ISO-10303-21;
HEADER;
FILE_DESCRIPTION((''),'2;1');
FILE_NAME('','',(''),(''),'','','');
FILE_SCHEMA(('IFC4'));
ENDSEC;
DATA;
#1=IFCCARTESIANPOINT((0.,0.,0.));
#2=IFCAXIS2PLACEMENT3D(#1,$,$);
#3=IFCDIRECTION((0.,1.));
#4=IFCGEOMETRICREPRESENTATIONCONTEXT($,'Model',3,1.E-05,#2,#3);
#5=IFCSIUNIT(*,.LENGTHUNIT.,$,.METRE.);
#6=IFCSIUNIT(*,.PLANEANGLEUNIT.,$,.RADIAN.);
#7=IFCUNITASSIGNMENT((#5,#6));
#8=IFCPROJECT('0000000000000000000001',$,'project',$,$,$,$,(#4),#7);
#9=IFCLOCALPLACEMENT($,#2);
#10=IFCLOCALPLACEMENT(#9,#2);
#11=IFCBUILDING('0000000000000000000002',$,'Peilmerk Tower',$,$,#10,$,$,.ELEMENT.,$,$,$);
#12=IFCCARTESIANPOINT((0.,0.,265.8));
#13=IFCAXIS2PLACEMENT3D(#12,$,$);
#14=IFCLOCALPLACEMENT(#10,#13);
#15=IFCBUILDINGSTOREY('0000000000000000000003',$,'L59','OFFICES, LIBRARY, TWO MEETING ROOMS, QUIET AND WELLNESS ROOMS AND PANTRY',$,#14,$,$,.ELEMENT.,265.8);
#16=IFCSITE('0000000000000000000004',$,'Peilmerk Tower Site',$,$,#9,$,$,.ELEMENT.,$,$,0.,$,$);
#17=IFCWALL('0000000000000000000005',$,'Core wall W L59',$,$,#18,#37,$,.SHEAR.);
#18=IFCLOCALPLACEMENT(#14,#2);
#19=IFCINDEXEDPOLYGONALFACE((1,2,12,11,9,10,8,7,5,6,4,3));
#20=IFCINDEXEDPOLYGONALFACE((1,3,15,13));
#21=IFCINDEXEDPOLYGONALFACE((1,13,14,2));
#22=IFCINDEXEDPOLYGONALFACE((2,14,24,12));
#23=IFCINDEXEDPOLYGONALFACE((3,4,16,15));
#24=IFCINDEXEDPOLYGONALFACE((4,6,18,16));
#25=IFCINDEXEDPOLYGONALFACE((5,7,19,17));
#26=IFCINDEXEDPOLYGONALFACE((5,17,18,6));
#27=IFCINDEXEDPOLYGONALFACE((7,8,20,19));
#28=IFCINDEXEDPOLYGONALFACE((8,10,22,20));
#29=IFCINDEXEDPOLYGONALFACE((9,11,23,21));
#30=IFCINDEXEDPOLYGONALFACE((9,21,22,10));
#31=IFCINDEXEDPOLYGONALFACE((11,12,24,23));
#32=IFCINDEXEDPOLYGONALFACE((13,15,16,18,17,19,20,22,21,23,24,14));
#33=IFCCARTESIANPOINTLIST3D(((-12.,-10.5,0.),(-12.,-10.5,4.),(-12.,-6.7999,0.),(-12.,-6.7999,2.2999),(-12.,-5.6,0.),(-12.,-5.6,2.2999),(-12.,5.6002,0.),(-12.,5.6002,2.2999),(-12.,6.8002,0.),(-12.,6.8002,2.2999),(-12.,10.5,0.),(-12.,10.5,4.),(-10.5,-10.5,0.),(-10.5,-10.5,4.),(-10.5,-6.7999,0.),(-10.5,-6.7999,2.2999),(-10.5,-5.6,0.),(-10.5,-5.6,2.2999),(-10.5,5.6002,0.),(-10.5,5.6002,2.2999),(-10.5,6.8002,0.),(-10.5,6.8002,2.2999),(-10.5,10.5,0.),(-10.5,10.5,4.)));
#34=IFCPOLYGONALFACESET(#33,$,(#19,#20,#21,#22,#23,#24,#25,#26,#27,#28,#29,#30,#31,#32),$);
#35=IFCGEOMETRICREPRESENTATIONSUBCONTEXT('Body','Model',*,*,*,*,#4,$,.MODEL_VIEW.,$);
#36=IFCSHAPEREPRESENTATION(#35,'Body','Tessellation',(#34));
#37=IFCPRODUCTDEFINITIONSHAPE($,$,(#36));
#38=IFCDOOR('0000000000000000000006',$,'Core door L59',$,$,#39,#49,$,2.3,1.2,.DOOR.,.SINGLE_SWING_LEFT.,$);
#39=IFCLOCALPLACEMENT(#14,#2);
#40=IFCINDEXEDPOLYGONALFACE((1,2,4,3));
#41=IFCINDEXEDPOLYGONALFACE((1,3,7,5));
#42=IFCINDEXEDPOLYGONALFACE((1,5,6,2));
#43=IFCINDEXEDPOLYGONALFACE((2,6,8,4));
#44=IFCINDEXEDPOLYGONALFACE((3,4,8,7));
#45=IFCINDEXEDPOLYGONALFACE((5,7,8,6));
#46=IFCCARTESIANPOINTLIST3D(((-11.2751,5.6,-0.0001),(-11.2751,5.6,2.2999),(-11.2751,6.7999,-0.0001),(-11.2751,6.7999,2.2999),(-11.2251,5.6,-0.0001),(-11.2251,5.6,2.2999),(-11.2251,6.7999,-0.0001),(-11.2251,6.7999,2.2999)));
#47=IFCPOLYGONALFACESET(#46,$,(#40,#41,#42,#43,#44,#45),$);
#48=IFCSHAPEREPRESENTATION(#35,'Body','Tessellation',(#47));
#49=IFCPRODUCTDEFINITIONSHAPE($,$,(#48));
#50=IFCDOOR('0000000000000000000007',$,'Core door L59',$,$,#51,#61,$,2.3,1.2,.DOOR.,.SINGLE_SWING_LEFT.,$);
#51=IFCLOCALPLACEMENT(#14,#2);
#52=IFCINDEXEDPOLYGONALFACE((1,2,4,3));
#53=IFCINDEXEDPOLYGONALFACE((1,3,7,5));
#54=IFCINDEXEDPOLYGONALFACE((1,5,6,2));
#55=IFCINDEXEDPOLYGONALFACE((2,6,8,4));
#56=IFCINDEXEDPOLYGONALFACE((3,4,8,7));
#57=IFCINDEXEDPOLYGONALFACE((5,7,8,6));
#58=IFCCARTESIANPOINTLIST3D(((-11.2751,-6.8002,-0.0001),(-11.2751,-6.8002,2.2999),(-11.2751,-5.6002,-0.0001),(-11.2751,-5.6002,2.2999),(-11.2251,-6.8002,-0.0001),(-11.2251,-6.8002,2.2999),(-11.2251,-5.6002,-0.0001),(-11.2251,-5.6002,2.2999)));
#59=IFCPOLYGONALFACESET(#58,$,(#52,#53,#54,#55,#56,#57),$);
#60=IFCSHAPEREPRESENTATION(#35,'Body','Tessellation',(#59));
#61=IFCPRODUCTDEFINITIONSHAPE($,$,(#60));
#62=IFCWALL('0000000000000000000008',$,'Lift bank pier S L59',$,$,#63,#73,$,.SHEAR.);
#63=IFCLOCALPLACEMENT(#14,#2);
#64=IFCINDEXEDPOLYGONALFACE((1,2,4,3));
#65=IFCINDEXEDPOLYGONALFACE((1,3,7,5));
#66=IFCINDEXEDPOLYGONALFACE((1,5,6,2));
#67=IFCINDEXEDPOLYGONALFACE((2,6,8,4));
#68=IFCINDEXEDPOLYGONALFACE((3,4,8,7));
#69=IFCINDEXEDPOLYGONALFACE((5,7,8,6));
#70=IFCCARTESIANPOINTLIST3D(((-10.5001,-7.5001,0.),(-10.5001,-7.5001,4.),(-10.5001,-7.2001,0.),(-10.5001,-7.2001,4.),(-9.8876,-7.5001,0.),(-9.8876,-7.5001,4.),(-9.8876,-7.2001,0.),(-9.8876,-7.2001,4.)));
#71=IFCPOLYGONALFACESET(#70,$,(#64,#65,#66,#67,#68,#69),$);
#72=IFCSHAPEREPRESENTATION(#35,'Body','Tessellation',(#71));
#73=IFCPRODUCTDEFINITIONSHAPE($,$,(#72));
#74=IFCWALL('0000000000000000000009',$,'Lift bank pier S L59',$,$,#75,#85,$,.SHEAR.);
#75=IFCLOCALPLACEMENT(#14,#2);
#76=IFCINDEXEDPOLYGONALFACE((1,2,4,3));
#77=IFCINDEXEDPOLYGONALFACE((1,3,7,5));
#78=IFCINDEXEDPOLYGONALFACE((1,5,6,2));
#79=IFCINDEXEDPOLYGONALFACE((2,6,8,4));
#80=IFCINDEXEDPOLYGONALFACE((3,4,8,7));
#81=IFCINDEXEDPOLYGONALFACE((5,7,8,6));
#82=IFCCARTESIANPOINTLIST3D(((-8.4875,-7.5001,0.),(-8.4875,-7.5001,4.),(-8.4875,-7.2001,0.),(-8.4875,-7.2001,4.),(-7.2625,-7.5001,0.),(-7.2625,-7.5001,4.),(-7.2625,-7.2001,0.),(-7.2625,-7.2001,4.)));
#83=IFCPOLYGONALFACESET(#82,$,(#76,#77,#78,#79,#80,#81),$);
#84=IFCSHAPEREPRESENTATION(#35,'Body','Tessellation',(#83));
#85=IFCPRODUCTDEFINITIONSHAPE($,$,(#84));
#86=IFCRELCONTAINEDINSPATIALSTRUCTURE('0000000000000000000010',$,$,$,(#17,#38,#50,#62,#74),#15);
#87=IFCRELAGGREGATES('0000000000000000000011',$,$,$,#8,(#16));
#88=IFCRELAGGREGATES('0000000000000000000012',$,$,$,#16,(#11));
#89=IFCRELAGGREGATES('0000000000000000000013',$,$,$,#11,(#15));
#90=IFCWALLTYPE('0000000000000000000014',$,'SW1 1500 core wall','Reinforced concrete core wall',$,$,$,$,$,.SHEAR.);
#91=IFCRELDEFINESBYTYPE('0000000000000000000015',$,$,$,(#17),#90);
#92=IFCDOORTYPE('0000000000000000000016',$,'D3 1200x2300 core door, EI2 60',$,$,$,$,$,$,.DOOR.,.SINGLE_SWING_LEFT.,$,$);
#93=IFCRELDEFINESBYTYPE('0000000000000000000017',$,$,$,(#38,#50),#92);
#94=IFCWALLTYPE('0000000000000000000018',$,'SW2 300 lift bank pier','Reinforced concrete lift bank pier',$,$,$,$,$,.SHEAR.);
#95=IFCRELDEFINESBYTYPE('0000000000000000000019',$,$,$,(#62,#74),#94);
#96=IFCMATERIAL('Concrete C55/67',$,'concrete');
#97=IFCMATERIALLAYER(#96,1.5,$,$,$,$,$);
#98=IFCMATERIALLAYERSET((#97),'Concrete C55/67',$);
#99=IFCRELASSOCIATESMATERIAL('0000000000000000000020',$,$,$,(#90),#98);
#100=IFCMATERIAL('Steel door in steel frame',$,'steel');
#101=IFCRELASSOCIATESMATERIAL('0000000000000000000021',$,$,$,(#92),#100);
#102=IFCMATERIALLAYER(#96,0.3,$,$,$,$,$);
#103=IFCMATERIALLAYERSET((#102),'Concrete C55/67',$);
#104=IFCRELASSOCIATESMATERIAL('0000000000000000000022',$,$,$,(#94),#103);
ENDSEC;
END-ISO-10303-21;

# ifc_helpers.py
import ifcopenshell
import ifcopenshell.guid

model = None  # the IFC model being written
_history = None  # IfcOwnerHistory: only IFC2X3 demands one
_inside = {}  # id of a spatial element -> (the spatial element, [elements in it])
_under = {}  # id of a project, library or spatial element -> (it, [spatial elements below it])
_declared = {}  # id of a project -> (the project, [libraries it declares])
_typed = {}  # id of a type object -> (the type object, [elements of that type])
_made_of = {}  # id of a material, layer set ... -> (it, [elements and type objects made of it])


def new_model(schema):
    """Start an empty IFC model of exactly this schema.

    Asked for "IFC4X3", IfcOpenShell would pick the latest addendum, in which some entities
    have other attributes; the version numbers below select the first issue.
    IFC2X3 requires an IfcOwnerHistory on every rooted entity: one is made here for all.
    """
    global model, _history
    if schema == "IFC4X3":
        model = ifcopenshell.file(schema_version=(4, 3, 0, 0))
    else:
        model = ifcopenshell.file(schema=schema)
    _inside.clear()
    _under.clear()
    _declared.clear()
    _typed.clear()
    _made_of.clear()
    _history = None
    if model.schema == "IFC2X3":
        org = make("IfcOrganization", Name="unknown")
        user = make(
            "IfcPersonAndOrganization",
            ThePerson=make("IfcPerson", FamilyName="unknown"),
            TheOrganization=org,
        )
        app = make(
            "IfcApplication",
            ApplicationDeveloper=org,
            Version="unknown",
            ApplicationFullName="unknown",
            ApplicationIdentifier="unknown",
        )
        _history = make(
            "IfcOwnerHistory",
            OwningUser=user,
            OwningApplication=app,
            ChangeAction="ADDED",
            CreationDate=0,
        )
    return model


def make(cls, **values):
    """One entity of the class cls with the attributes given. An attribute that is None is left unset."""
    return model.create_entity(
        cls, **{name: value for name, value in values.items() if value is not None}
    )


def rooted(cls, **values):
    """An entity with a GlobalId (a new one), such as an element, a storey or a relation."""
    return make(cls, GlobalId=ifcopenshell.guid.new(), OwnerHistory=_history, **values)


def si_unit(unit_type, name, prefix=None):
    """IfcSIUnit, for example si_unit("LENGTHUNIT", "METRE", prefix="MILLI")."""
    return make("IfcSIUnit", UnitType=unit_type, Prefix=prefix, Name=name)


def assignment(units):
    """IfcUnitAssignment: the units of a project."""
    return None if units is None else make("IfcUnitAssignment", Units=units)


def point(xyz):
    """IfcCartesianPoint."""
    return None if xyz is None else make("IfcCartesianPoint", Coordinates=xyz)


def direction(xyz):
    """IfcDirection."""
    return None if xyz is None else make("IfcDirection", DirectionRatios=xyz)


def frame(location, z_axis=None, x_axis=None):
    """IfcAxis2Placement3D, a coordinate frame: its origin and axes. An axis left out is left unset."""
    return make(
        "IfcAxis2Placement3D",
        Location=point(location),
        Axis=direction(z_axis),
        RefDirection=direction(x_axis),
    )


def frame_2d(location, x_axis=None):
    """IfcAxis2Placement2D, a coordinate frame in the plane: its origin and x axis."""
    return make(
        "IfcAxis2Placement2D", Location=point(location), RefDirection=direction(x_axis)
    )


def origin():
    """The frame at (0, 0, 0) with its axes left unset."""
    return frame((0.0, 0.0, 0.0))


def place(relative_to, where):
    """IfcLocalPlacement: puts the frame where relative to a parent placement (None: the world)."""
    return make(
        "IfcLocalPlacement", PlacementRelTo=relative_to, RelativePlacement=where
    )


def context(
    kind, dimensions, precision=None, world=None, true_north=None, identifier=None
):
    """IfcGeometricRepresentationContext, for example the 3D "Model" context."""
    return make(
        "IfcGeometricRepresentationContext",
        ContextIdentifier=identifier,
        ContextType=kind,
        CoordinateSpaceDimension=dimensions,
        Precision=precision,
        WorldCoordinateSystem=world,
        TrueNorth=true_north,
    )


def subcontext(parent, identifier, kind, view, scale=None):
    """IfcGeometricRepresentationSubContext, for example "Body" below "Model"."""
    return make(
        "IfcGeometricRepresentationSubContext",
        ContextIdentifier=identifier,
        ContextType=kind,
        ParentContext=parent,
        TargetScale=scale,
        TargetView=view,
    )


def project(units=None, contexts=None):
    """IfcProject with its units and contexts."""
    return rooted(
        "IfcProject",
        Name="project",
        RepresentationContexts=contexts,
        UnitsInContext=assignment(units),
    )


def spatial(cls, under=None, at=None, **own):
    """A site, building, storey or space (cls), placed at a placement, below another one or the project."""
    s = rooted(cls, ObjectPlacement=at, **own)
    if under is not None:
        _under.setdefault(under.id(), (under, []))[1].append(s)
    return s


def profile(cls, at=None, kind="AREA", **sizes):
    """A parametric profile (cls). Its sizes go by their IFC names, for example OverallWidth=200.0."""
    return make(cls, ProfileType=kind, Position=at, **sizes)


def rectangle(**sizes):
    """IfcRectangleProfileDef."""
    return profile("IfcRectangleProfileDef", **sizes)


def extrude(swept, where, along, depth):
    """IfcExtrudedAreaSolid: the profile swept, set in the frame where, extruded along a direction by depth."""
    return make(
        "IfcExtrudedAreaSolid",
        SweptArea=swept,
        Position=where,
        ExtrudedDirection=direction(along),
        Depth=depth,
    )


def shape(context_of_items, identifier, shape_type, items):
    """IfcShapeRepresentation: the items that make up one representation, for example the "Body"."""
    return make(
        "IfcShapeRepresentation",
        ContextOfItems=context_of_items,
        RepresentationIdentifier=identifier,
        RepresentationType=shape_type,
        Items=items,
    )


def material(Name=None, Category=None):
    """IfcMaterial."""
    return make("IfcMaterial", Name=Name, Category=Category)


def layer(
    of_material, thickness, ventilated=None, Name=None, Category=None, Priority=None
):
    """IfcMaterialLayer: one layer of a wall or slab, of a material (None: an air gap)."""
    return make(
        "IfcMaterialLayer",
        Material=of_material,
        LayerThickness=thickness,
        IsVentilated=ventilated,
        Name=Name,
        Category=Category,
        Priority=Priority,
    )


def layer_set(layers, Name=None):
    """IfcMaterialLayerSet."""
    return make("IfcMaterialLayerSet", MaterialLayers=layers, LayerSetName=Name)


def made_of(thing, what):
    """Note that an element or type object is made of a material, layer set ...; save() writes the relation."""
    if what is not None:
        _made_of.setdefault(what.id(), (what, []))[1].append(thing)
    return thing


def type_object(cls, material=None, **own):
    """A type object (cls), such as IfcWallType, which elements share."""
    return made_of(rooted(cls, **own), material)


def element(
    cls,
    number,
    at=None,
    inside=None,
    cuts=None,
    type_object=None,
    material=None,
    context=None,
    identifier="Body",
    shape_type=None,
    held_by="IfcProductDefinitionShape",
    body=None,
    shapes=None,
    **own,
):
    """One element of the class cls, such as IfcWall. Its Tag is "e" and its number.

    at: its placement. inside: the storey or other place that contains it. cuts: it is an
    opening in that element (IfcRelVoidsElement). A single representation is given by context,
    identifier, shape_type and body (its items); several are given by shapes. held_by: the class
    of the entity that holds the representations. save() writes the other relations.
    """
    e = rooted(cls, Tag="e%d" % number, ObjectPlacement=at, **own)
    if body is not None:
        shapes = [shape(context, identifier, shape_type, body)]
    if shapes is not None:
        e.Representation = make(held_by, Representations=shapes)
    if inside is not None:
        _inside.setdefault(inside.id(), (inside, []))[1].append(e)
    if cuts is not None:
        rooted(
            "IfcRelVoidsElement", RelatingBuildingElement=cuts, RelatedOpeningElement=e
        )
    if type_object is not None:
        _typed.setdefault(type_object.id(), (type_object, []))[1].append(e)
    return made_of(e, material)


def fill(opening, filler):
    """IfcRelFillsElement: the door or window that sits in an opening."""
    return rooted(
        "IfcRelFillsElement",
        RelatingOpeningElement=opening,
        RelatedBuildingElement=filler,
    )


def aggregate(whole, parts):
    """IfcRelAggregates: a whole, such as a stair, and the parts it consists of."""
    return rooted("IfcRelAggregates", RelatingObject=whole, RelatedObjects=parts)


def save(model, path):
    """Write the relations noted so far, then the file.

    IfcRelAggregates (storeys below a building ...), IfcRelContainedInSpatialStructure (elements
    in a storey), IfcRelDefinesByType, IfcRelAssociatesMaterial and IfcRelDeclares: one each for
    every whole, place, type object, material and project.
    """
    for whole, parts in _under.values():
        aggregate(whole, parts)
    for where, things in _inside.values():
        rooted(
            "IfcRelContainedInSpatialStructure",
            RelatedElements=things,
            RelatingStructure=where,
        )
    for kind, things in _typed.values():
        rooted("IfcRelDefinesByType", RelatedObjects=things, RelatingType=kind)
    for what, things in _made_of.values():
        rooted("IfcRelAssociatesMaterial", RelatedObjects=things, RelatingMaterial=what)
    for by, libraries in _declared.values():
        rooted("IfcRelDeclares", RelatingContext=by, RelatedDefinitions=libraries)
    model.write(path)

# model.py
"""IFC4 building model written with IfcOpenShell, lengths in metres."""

from ifc_helpers import new_model, si_unit, direction, frame, frame_2d, origin, place, context, subcontext, project, spatial, rectangle, extrude, material, layer, layer_set, type_object, element, fill, save


model = new_model("IFC4")

# Units and contexts
model_context = context("Model", 3, precision=1e-05, world=origin(), true_north=direction((0.0, 1.0)))
body_context = subcontext(model_context, "Body", "Model", "MODEL_VIEW")
ifc_project = project(units=[si_unit("LENGTHUNIT", "METRE"), si_unit("PLANEANGLEUNIT", "RADIAN")], contexts=[model_context])

# Site, building, storey
site_placement = place(None, origin())
site = spatial("IfcSite", under=ifc_project, at=site_placement, Name="Peilmerk Tower Site", CompositionType="ELEMENT", RefElevation=0.0)
building_placement = place(site_placement, origin())
building = spatial("IfcBuilding", under=site, at=building_placement, Name="Peilmerk Tower", CompositionType="ELEMENT")
storey_placement = place(building_placement, frame((0.0, 0.0, 265.8)))
storey = spatial("IfcBuildingStorey", under=building, at=storey_placement, Name="L59", Description="OFFICES, LIBRARY, TWO MEETING ROOMS, QUIET AND WELLNESS ROOMS AND PANTRY", CompositionType="ELEMENT", Elevation=265.8)

# Wall, openings, doors
ifc_material_1 = material(Name="Concrete C55/67", Category="concrete")
ifc_layer_1 = layer(ifc_material_1, 1.5)
ifc_layer_set_1 = layer_set([ifc_layer_1], Name="Concrete C55/67")
wall_type_1 = type_object("IfcWallType", Name="SW1 1500 core wall", Description="Reinforced concrete core wall", PredefinedType="SHEAR", material=ifc_layer_set_1)
wall_1_placement = place(storey_placement, frame((-11.25, -10.5, 0.0), z_axis=(0.0, 0.0, 1.0), x_axis=(0.0, 1.0, 0.0)))
wall_1 = element("IfcWall", 1, at=wall_1_placement, inside=storey, type_object=wall_type_1, Name="Core wall W L59", PredefinedType="SHEAR", context=body_context, shape_type="SweptSolid", body=[
    extrude(rectangle(XDim=21.0, YDim=1.5, at=frame_2d((10.5, 0.0))), origin(), (0.0, 0.0, 1.0), 4.0),
])
opening_1_placement = place(wall_1_placement, frame((16.1001, 0.0, 0.0)))
opening_1 = element("IfcOpeningElement", 2, at=opening_1_placement, cuts=wall_1, PredefinedType="OPENING", context=body_context, shape_type="SweptSolid", body=[
    extrude(rectangle(XDim=1.2, YDim=2.3, at=frame_2d((0.6001, 1.1499))), frame((0.0, 0.76, 0.0), z_axis=(0.0, -1.0, 0.0), x_axis=(1.0, 0.0, 0.0)), (0.0, 0.0, 1.0), 1.52),
])
opening_2_placement = place(wall_1_placement, frame((3.7, 0.0, 0.0)))
opening_2 = element("IfcOpeningElement", 3, at=opening_2_placement, cuts=wall_1, PredefinedType="OPENING", context=body_context, shape_type="SweptSolid", body=[
    extrude(rectangle(XDim=1.2, YDim=2.3, at=frame_2d((0.6001, 1.1499))), frame((0.0, 0.76, 0.0), z_axis=(0.0, -1.0, 0.0), x_axis=(1.0, 0.0, 0.0)), (0.0, 0.0, 1.0), 1.52),
])
ifc_material_2 = material(Name="Steel door in steel frame", Category="steel")
door_type_1 = type_object("IfcDoorType", Name="D3 1200x2300 core door, EI2 60", OperationType="SINGLE_SWING_LEFT", PredefinedType="DOOR", material=ifc_material_2)
door_1_placement = place(opening_1_placement, frame((1.2, 0.0, 0.0), z_axis=(0.0, 0.0, 1.0), x_axis=(-1.0, 0.0, 0.0)))
door_1 = element("IfcDoor", 4, at=door_1_placement, inside=storey, type_object=door_type_1, Name="Core door L59", OperationType="SINGLE_SWING_LEFT", OverallHeight=2.3, OverallWidth=1.2, PredefinedType="DOOR", context=body_context, shape_type="SweptSolid", body=[
    extrude(rectangle(XDim=1.2, YDim=2.3, at=frame_2d((0.6001, 1.1499))), frame((0.0, 0.0249, 0.0), z_axis=(0.0, -1.0, 0.0), x_axis=(1.0, 0.0, 0.0)), (0.0, 0.0, 1.0), 0.05),
])
fill(opening_1, door_1)
door_2_placement = place(opening_2_placement, frame((1.2, 0.0, 0.0), z_axis=(0.0, 0.0, 1.0), x_axis=(-1.0, 0.0, 0.0)))
door_2 = element("IfcDoor", 5, at=door_2_placement, inside=storey, type_object=door_type_1, Name="Core door L59", OperationType="SINGLE_SWING_LEFT", OverallHeight=2.3, OverallWidth=1.2, PredefinedType="DOOR", context=body_context, shape_type="SweptSolid", body=[
    extrude(rectangle(XDim=1.2, YDim=2.3, at=frame_2d((0.6001, 1.1499))), frame((0.0, 0.0249, 0.0), z_axis=(0.0, -1.0, 0.0), x_axis=(1.0, 0.0, 0.0)), (0.0, 0.0, 1.0), 0.05),
])
fill(opening_2, door_2)

# Walls
ifc_layer_2 = layer(ifc_material_1, 0.3)
ifc_layer_set_2 = layer_set([ifc_layer_2], Name="Concrete C55/67")
wall_type_2 = type_object("IfcWallType", Name="SW2 300 lift bank pier", Description="Reinforced concrete lift bank pier", PredefinedType="SHEAR", material=ifc_layer_set_2)
wall_2_placement = place(storey_placement, frame((-10.5, -7.3501, 0.0), z_axis=(0.0, 0.0, 1.0), x_axis=(1.0, 0.0, 0.0)))
element("IfcWall", 6, at=wall_2_placement, inside=storey, type_object=wall_type_2, Name="Lift bank pier S L59", PredefinedType="SHEAR", context=body_context, shape_type="SweptSolid", body=[
    extrude(rectangle(XDim=0.6125, YDim=0.3, at=frame_2d((0.3062, 0.0))), origin(), (0.0, 0.0, 1.0), 4.0),
])
wall_3_placement = place(storey_placement, frame((-8.4875, -7.3501, 0.0), z_axis=(0.0, 0.0, 1.0), x_axis=(1.0, 0.0, 0.0)))
element("IfcWall", 7, at=wall_3_placement, inside=storey, type_object=wall_type_2, Name="Lift bank pier S L59", PredefinedType="SHEAR", context=body_context, shape_type="SweptSolid", body=[
    extrude(rectangle(XDim=1.2251, YDim=0.3, at=frame_2d((0.6125, 0.0))), origin(), (0.0, 0.0, 1.0), 4.0),
])

save(model, "model.ifc")
